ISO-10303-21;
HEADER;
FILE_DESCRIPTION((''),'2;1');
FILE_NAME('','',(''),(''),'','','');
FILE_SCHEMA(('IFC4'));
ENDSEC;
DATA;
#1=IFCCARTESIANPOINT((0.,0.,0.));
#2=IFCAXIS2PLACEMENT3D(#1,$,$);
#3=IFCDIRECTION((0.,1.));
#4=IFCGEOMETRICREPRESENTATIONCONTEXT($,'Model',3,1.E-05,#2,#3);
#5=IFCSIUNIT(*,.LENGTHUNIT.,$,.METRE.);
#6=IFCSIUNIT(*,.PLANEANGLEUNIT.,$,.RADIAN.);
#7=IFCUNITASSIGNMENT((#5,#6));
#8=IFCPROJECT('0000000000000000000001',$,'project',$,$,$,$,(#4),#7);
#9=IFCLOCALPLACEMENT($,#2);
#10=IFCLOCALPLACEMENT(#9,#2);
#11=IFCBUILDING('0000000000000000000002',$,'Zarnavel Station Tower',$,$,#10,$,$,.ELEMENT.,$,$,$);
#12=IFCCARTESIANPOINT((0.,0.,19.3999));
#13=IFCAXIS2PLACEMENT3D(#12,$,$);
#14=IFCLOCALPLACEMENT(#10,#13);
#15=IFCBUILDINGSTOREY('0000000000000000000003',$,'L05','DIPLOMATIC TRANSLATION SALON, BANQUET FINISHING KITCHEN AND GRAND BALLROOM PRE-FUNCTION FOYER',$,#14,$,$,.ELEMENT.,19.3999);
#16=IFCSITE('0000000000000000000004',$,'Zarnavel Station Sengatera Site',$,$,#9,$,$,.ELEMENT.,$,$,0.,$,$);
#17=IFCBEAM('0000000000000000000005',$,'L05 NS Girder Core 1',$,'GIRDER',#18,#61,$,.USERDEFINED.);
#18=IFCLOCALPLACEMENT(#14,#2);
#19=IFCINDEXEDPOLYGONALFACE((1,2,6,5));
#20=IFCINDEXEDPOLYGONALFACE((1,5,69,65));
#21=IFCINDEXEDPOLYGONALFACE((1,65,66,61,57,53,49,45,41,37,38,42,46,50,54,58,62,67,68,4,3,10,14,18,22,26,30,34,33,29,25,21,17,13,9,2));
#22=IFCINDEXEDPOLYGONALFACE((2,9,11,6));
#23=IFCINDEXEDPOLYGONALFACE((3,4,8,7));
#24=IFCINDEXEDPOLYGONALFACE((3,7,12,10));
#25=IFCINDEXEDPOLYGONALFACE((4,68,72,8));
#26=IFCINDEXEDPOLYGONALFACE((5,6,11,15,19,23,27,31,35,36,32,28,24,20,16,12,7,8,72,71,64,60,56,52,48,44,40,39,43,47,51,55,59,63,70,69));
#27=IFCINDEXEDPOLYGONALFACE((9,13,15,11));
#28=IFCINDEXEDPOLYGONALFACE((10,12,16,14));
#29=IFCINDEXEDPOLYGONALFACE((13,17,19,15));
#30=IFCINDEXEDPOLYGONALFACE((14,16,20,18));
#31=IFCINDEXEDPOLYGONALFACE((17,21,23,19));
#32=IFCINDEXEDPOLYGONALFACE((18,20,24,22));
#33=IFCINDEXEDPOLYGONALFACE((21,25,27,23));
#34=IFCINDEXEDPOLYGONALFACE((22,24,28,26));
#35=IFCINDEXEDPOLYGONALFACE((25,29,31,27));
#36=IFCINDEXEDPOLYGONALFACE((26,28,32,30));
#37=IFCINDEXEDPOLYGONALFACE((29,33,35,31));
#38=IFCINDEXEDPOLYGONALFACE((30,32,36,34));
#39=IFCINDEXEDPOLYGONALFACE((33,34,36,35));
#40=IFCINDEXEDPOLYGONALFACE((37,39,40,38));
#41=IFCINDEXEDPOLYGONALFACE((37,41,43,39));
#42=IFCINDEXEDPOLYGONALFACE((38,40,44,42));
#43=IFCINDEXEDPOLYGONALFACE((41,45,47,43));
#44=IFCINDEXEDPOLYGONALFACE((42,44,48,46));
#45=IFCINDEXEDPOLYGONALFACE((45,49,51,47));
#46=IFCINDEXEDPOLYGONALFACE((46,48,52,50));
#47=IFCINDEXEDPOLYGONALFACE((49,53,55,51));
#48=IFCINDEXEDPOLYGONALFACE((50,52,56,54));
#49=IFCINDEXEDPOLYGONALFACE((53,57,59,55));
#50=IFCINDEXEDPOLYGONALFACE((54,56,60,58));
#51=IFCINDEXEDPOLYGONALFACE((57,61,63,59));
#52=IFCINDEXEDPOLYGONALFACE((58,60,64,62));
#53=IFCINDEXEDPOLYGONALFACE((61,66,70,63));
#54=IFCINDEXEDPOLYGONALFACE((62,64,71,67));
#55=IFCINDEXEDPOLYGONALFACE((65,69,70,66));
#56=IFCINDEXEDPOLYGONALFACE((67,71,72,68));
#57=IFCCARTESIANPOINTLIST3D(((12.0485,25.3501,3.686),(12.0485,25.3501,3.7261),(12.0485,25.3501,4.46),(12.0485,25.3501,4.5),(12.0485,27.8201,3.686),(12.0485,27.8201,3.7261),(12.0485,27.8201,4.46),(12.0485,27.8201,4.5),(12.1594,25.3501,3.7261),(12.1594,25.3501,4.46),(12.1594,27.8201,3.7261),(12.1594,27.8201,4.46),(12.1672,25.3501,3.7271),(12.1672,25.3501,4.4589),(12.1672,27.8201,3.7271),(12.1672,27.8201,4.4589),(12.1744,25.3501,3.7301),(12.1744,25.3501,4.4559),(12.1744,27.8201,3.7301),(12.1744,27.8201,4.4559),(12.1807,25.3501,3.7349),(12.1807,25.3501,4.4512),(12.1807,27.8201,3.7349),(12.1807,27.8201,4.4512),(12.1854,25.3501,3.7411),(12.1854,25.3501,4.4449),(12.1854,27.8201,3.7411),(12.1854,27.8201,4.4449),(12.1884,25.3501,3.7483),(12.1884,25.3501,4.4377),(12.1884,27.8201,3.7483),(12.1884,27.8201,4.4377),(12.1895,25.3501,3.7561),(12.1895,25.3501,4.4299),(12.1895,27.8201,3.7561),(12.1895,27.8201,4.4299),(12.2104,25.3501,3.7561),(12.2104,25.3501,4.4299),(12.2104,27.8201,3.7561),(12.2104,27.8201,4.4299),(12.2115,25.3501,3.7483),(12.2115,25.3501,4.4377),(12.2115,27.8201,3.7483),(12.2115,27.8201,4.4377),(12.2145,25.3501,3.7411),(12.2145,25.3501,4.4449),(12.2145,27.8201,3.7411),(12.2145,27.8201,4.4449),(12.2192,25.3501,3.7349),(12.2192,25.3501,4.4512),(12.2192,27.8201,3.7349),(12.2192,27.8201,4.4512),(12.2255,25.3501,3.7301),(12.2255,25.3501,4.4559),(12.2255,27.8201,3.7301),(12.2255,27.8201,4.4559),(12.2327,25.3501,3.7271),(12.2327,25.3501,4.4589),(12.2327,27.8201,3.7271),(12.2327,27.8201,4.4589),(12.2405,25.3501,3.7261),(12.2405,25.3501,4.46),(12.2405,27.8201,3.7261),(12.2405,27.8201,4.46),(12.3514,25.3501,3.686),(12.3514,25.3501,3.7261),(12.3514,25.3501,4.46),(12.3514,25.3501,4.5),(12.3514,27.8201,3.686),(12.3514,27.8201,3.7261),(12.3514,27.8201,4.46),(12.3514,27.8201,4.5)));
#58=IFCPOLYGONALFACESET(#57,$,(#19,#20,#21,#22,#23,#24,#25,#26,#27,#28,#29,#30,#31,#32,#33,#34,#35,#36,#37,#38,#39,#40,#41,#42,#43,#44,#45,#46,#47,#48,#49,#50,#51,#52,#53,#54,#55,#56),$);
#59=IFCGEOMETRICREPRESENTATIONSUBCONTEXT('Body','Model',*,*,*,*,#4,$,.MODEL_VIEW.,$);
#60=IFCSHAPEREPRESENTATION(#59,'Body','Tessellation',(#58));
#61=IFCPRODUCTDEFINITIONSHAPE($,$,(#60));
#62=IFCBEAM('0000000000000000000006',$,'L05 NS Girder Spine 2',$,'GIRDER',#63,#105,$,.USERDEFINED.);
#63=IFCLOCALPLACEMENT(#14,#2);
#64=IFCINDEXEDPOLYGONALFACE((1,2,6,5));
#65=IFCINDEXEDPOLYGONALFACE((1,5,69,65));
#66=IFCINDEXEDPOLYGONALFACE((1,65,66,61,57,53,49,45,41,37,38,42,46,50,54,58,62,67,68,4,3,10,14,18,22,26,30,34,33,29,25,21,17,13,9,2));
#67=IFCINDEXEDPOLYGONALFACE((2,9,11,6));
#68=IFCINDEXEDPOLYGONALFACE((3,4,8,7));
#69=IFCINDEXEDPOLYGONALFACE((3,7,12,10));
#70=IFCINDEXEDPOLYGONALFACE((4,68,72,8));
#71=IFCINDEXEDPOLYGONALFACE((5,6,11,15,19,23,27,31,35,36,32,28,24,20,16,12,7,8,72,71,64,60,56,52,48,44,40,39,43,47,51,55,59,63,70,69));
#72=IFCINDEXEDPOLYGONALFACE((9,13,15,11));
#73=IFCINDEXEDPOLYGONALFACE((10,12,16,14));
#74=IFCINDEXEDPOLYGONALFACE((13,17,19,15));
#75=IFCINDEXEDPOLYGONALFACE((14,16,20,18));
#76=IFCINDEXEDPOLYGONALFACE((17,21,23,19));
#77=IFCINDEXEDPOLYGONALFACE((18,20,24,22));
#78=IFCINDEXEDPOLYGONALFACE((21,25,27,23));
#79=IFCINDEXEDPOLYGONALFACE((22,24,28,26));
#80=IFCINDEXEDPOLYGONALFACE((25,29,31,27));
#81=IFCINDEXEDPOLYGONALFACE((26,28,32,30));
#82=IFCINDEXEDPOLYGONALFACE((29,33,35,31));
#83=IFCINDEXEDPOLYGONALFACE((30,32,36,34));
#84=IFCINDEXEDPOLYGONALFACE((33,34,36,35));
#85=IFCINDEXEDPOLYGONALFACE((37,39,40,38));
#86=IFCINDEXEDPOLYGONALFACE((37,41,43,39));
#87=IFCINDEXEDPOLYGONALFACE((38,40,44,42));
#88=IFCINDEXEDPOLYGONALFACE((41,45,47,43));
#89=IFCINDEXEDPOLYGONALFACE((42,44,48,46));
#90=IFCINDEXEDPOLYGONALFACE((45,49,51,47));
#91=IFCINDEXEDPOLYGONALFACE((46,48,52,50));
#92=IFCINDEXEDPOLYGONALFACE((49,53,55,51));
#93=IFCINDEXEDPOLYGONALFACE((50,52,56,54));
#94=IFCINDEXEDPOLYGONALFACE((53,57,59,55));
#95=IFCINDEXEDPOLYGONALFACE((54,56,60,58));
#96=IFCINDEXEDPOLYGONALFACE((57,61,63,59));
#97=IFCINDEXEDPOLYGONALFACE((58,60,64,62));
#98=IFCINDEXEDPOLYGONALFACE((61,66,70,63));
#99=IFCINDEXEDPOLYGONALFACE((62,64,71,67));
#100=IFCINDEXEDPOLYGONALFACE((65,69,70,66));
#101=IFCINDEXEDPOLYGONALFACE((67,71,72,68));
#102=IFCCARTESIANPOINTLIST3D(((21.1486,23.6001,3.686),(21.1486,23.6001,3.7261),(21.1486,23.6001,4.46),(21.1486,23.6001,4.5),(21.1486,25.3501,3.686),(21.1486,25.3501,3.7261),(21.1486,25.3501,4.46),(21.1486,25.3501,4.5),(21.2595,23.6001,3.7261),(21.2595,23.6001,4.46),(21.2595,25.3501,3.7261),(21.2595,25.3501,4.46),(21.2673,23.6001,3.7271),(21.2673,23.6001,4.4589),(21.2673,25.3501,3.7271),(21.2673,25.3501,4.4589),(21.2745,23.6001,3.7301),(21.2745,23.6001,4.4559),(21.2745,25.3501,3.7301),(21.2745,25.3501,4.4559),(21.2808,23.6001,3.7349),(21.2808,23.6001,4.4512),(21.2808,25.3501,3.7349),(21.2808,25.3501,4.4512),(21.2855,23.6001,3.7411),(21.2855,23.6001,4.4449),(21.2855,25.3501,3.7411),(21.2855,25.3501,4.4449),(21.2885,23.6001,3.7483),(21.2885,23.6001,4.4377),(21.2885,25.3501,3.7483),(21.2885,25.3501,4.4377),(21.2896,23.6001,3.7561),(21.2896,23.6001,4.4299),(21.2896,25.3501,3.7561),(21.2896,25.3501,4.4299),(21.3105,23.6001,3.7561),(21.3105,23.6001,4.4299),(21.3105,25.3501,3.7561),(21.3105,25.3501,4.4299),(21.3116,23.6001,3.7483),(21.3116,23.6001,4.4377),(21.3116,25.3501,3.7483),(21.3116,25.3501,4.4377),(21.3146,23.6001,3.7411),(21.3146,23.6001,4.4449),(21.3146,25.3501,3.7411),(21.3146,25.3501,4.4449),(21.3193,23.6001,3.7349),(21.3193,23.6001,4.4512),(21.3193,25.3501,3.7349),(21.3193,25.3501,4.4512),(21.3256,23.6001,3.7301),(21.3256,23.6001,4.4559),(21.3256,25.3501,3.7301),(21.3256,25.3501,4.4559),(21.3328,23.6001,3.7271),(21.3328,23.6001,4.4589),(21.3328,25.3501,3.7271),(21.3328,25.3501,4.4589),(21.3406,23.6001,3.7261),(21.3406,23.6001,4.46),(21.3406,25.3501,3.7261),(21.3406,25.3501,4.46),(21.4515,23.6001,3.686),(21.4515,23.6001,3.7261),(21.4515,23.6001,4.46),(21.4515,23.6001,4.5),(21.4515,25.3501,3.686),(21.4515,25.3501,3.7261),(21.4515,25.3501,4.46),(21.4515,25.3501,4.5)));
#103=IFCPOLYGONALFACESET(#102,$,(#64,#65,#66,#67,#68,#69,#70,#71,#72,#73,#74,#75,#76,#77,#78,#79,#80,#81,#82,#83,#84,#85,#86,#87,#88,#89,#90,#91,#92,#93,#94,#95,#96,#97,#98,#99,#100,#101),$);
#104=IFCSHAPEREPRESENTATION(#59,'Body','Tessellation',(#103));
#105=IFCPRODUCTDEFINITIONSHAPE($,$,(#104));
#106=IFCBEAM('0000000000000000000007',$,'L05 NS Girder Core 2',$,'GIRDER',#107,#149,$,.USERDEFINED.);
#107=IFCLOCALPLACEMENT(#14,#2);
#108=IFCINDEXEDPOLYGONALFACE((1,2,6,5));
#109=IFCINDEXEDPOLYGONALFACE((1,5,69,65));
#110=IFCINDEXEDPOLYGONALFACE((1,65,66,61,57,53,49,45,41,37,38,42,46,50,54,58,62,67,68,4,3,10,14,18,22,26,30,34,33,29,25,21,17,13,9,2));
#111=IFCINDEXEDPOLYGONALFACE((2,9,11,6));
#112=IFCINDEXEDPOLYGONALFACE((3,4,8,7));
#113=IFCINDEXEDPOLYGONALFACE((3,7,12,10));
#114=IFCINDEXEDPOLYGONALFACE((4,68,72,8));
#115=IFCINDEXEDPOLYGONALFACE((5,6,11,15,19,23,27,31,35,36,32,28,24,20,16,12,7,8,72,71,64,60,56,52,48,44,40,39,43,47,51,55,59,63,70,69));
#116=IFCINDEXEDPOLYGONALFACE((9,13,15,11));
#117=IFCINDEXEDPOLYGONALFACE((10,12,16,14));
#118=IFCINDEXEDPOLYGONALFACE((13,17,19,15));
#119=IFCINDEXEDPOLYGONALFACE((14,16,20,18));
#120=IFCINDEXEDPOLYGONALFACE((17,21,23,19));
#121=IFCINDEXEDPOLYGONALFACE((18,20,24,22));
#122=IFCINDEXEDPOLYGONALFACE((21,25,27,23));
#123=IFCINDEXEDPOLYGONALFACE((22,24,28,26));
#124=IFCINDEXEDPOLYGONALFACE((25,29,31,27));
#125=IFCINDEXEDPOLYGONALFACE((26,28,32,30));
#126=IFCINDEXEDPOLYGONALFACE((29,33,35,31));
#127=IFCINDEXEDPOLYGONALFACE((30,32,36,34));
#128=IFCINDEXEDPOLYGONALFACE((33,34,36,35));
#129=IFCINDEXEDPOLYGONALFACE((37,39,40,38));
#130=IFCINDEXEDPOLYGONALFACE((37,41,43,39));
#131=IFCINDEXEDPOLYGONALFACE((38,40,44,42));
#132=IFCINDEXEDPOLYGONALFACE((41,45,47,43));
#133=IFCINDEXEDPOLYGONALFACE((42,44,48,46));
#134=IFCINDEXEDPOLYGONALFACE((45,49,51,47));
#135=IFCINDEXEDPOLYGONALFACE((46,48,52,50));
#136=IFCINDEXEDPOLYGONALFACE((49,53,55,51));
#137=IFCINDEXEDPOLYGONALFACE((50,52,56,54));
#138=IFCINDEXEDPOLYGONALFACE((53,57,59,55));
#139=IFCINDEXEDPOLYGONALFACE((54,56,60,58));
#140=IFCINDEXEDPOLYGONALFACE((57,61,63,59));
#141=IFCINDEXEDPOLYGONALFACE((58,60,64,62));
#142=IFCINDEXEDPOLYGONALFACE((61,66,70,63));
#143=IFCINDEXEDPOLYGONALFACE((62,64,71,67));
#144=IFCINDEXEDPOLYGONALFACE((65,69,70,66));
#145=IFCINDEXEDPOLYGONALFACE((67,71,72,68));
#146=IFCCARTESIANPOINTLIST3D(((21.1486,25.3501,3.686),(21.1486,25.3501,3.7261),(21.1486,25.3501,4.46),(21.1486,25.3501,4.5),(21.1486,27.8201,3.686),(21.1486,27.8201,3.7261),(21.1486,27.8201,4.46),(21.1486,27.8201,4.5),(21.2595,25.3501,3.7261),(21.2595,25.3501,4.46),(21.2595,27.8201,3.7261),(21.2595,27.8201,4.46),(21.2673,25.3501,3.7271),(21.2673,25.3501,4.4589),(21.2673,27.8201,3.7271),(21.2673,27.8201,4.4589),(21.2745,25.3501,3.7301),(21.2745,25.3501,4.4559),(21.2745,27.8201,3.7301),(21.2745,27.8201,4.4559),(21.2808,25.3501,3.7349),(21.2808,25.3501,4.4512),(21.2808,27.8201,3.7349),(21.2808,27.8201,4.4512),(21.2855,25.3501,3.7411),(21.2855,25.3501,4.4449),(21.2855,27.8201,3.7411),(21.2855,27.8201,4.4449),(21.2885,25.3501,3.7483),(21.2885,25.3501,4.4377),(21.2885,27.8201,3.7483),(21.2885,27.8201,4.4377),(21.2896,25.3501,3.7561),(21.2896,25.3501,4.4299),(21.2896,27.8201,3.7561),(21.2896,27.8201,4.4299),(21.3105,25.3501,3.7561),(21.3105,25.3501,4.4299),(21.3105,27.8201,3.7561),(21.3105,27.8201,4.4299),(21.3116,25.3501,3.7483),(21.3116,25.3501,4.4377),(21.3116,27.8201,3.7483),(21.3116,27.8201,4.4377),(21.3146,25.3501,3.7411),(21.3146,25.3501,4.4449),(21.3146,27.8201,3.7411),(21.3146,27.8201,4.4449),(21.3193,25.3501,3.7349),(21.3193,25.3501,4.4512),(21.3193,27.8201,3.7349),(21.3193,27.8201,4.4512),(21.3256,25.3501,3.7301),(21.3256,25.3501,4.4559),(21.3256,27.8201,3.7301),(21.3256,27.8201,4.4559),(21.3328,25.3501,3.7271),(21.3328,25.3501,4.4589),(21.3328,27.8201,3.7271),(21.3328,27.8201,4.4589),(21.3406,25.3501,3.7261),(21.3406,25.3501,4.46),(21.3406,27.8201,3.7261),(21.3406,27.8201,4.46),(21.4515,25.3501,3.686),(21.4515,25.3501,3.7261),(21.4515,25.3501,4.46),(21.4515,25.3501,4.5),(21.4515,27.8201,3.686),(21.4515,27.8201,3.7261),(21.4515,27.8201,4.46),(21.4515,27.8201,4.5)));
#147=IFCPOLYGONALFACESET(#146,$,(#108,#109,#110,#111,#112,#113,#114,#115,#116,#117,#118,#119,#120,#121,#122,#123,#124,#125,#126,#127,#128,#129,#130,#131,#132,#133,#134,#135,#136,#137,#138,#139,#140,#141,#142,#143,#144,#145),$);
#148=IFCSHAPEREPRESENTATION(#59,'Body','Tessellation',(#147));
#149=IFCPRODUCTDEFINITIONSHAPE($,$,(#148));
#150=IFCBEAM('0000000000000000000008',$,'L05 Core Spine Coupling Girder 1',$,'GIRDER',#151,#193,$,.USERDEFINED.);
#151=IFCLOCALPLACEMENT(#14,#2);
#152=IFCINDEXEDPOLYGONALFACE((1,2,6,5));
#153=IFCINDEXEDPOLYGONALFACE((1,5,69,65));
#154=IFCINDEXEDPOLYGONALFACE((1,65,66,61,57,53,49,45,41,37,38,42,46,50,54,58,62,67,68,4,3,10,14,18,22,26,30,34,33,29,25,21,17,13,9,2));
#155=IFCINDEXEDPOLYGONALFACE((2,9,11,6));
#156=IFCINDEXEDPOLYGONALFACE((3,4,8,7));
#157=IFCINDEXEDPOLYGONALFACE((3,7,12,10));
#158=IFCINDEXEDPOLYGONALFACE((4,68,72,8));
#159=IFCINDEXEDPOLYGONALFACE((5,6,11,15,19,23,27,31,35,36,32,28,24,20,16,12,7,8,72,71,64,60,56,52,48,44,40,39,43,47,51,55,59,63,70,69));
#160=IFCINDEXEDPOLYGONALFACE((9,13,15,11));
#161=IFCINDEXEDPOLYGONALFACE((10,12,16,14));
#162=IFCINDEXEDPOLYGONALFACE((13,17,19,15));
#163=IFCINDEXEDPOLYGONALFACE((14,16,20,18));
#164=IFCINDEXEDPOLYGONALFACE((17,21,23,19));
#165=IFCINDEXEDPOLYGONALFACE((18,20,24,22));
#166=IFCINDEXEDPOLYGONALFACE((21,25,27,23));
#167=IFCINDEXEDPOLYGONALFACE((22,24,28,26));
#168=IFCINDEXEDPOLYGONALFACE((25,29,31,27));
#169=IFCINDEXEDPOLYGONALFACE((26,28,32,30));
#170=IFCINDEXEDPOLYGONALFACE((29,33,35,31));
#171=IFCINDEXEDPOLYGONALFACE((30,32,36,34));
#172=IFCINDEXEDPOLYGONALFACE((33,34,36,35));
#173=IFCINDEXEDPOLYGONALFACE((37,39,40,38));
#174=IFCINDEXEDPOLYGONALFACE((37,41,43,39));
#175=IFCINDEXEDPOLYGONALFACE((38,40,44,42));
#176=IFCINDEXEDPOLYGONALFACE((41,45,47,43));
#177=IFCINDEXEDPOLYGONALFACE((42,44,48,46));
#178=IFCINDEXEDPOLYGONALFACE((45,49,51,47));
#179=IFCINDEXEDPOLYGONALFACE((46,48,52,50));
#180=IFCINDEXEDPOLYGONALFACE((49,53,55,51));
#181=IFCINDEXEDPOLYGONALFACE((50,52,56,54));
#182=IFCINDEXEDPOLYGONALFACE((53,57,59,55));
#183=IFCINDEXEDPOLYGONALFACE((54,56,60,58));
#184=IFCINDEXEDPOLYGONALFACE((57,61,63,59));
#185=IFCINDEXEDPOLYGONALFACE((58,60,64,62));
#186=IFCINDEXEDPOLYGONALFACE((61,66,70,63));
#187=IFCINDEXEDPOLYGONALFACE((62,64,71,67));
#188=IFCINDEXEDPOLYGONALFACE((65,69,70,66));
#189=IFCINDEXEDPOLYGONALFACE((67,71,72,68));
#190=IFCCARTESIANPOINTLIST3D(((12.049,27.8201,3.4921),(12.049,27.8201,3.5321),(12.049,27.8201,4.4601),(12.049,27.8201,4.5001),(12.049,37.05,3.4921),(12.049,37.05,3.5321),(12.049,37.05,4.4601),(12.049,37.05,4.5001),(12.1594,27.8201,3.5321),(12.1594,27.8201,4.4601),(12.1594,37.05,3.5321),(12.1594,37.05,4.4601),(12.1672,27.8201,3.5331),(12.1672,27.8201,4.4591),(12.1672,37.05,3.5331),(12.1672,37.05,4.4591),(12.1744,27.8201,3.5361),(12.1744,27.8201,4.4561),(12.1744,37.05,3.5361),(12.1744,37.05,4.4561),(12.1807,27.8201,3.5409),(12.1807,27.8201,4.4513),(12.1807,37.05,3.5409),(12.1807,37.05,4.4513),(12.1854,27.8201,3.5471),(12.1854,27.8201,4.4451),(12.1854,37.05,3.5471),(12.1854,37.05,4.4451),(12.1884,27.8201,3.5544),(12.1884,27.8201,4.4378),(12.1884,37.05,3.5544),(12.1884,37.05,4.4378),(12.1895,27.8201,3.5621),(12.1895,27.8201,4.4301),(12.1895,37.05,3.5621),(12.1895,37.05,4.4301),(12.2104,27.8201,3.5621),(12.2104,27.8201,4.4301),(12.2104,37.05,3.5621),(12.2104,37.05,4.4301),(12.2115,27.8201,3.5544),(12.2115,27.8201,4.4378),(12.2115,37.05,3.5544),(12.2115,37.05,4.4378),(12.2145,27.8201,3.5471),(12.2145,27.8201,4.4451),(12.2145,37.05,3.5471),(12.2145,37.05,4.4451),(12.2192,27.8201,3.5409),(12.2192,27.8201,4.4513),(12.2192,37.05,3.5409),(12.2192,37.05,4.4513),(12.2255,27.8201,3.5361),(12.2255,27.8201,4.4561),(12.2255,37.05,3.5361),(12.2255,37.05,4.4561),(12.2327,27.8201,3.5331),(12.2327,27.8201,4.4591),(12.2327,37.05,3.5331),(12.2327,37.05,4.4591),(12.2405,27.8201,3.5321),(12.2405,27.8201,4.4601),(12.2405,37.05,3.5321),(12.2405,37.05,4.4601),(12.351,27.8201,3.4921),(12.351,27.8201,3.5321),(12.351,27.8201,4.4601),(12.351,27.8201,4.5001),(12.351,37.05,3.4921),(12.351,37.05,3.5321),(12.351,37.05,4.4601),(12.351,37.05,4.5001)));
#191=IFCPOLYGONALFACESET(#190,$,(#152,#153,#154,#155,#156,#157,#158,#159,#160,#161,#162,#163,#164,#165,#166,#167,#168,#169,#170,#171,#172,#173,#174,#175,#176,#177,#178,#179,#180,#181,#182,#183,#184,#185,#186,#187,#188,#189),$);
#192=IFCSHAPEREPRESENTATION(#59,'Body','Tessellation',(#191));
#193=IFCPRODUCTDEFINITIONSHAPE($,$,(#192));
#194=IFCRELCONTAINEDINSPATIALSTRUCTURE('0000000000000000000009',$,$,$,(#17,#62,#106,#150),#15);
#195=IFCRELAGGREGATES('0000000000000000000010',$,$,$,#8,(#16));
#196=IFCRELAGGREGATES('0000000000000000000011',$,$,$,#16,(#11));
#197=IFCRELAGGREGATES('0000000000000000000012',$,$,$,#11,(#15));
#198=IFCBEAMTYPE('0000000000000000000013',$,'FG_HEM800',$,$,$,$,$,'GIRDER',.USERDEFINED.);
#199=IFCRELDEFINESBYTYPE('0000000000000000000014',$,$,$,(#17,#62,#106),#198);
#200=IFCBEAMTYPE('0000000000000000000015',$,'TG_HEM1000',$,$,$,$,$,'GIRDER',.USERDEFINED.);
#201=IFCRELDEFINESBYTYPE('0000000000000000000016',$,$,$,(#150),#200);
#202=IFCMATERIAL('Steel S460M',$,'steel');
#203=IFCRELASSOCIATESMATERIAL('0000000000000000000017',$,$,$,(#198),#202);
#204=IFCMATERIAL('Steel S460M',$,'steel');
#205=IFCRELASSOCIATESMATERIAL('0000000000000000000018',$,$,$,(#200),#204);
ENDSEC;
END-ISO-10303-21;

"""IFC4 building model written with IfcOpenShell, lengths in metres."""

from ifc_helpers import new_model, si_unit, direction, frame, origin, origin_2d, place, context, subcontext, project, spatial, i_section, extrude, material, material_profile, profile_set, type_object, element, save


model = new_model("IFC4")

# Units and contexts
model_context = context("Model", 3, precision=1e-05, world=origin(), true_north=direction((0.0, 1.0)))
body_context = subcontext(model_context, "Body", "Model", "MODEL_VIEW")
ifc_project = project(units=[si_unit("LENGTHUNIT", "METRE"), si_unit("PLANEANGLEUNIT", "RADIAN")], contexts=[model_context])

# Site, building, storey
site_placement = place(None, origin())
site = spatial("IfcSite", under=ifc_project, at=site_placement, Name="Zarnavel Station Sengatera Site", CompositionType="ELEMENT", RefElevation=0.0)
building_placement = place(site_placement, origin())
building = spatial("IfcBuilding", under=site, at=building_placement, Name="Zarnavel Station Tower", CompositionType="ELEMENT")
storey_placement = place(building_placement, frame((0.0, 0.0, 19.3999)))
storey = spatial("IfcBuildingStorey", under=building, at=storey_placement, Name="L05", Description="DIPLOMATIC TRANSLATION SALON, BANQUET FINISHING KITCHEN AND GRAND BALLROOM PRE-FUNCTION FOYER", CompositionType="ELEMENT", Elevation=19.3999)

# Beams
ifc_material_1 = material(Name="Steel S460M", Category="steel")
ifc_material_profile_1 = material_profile(ifc_material_1, i_section(OverallWidth=0.303, OverallDepth=0.814, WebThickness=0.021, FlangeThickness=0.04, FilletRadius=0.03, at=origin_2d()), Name="HEM800")
ifc_profile_set_1 = profile_set([ifc_material_profile_1], Name="Steel S460M")
beam_type_1 = type_object("IfcBeamType", Name="FG_HEM800", ElementType="GIRDER", PredefinedType="USERDEFINED", material=ifc_profile_set_1)
beam_1_placement = place(storey_placement, frame((12.2, 25.3501, 4.093), z_axis=(0.0, 1.0, 0.0), x_axis=(-1.0, 0.0, 0.0)))
element("IfcBeam", 1, at=beam_1_placement, inside=storey, type_object=beam_type_1, Name="L05 NS Girder Core 1", ObjectType="GIRDER", PredefinedType="USERDEFINED", context=body_context, shape_type="SweptSolid", body=[
    extrude(i_section(OverallWidth=0.303, OverallDepth=0.814, WebThickness=0.021, FlangeThickness=0.04, FilletRadius=0.03, at=origin_2d()), origin(), (0.0, 0.0, 1.0), 2.47),
])
beam_2_placement = place(storey_placement, frame((21.3, 23.6001, 4.093), z_axis=(0.0, 1.0, 0.0), x_axis=(-1.0, 0.0, 0.0)))
element("IfcBeam", 2, at=beam_2_placement, inside=storey, type_object=beam_type_1, Name="L05 NS Girder Spine 2", ObjectType="GIRDER", PredefinedType="USERDEFINED", context=body_context, shape_type="SweptSolid", body=[
    extrude(i_section(OverallWidth=0.303, OverallDepth=0.814, WebThickness=0.021, FlangeThickness=0.04, FilletRadius=0.03, at=origin_2d()), origin(), (0.0, 0.0, 1.0), 1.75),
])
beam_3_placement = place(storey_placement, frame((21.3, 25.3501, 4.093), z_axis=(0.0, 1.0, 0.0), x_axis=(-1.0, 0.0, 0.0)))
element("IfcBeam", 3, at=beam_3_placement, inside=storey, type_object=beam_type_1, Name="L05 NS Girder Core 2", ObjectType="GIRDER", PredefinedType="USERDEFINED", context=body_context, shape_type="SweptSolid", body=[
    extrude(i_section(OverallWidth=0.303, OverallDepth=0.814, WebThickness=0.021, FlangeThickness=0.04, FilletRadius=0.03, at=origin_2d()), origin(), (0.0, 0.0, 1.0), 2.47),
])
ifc_material_2 = material(Name="Steel S460M", Category="steel")
ifc_material_profile_2 = material_profile(ifc_material_2, i_section(OverallWidth=0.302, OverallDepth=1.0081, WebThickness=0.021, FlangeThickness=0.04, FilletRadius=0.03, at=origin_2d()), Name="HEM1000")
ifc_profile_set_2 = profile_set([ifc_material_profile_2], Name="Steel S460M")
beam_type_2 = type_object("IfcBeamType", Name="TG_HEM1000", ElementType="GIRDER", PredefinedType="USERDEFINED", material=ifc_profile_set_2)
for number, where, z_axis, x_axis, name in (
    (4, (12.2, 27.8201, 3.9961), (0.0, 1.0, 0.0), (-1.0, 0.0, 0.0), "L05 Core Spine Coupling Girder 1"),
):
    element("IfcBeam", number, at=place(storey_placement, frame(where, z_axis=z_axis, x_axis=x_axis)), inside=storey, type_object=beam_type_2, Name=name, ObjectType="GIRDER", PredefinedType="USERDEFINED", context=body_context, shape_type="SweptSolid", body=[
        extrude(i_section(OverallWidth=0.302, OverallDepth=1.0081, WebThickness=0.021, FlangeThickness=0.04, FilletRadius=0.03, at=origin_2d()), origin(), (0.0, 0.0, 1.0), 9.23),
    ])

save(model, "model.ifc")
